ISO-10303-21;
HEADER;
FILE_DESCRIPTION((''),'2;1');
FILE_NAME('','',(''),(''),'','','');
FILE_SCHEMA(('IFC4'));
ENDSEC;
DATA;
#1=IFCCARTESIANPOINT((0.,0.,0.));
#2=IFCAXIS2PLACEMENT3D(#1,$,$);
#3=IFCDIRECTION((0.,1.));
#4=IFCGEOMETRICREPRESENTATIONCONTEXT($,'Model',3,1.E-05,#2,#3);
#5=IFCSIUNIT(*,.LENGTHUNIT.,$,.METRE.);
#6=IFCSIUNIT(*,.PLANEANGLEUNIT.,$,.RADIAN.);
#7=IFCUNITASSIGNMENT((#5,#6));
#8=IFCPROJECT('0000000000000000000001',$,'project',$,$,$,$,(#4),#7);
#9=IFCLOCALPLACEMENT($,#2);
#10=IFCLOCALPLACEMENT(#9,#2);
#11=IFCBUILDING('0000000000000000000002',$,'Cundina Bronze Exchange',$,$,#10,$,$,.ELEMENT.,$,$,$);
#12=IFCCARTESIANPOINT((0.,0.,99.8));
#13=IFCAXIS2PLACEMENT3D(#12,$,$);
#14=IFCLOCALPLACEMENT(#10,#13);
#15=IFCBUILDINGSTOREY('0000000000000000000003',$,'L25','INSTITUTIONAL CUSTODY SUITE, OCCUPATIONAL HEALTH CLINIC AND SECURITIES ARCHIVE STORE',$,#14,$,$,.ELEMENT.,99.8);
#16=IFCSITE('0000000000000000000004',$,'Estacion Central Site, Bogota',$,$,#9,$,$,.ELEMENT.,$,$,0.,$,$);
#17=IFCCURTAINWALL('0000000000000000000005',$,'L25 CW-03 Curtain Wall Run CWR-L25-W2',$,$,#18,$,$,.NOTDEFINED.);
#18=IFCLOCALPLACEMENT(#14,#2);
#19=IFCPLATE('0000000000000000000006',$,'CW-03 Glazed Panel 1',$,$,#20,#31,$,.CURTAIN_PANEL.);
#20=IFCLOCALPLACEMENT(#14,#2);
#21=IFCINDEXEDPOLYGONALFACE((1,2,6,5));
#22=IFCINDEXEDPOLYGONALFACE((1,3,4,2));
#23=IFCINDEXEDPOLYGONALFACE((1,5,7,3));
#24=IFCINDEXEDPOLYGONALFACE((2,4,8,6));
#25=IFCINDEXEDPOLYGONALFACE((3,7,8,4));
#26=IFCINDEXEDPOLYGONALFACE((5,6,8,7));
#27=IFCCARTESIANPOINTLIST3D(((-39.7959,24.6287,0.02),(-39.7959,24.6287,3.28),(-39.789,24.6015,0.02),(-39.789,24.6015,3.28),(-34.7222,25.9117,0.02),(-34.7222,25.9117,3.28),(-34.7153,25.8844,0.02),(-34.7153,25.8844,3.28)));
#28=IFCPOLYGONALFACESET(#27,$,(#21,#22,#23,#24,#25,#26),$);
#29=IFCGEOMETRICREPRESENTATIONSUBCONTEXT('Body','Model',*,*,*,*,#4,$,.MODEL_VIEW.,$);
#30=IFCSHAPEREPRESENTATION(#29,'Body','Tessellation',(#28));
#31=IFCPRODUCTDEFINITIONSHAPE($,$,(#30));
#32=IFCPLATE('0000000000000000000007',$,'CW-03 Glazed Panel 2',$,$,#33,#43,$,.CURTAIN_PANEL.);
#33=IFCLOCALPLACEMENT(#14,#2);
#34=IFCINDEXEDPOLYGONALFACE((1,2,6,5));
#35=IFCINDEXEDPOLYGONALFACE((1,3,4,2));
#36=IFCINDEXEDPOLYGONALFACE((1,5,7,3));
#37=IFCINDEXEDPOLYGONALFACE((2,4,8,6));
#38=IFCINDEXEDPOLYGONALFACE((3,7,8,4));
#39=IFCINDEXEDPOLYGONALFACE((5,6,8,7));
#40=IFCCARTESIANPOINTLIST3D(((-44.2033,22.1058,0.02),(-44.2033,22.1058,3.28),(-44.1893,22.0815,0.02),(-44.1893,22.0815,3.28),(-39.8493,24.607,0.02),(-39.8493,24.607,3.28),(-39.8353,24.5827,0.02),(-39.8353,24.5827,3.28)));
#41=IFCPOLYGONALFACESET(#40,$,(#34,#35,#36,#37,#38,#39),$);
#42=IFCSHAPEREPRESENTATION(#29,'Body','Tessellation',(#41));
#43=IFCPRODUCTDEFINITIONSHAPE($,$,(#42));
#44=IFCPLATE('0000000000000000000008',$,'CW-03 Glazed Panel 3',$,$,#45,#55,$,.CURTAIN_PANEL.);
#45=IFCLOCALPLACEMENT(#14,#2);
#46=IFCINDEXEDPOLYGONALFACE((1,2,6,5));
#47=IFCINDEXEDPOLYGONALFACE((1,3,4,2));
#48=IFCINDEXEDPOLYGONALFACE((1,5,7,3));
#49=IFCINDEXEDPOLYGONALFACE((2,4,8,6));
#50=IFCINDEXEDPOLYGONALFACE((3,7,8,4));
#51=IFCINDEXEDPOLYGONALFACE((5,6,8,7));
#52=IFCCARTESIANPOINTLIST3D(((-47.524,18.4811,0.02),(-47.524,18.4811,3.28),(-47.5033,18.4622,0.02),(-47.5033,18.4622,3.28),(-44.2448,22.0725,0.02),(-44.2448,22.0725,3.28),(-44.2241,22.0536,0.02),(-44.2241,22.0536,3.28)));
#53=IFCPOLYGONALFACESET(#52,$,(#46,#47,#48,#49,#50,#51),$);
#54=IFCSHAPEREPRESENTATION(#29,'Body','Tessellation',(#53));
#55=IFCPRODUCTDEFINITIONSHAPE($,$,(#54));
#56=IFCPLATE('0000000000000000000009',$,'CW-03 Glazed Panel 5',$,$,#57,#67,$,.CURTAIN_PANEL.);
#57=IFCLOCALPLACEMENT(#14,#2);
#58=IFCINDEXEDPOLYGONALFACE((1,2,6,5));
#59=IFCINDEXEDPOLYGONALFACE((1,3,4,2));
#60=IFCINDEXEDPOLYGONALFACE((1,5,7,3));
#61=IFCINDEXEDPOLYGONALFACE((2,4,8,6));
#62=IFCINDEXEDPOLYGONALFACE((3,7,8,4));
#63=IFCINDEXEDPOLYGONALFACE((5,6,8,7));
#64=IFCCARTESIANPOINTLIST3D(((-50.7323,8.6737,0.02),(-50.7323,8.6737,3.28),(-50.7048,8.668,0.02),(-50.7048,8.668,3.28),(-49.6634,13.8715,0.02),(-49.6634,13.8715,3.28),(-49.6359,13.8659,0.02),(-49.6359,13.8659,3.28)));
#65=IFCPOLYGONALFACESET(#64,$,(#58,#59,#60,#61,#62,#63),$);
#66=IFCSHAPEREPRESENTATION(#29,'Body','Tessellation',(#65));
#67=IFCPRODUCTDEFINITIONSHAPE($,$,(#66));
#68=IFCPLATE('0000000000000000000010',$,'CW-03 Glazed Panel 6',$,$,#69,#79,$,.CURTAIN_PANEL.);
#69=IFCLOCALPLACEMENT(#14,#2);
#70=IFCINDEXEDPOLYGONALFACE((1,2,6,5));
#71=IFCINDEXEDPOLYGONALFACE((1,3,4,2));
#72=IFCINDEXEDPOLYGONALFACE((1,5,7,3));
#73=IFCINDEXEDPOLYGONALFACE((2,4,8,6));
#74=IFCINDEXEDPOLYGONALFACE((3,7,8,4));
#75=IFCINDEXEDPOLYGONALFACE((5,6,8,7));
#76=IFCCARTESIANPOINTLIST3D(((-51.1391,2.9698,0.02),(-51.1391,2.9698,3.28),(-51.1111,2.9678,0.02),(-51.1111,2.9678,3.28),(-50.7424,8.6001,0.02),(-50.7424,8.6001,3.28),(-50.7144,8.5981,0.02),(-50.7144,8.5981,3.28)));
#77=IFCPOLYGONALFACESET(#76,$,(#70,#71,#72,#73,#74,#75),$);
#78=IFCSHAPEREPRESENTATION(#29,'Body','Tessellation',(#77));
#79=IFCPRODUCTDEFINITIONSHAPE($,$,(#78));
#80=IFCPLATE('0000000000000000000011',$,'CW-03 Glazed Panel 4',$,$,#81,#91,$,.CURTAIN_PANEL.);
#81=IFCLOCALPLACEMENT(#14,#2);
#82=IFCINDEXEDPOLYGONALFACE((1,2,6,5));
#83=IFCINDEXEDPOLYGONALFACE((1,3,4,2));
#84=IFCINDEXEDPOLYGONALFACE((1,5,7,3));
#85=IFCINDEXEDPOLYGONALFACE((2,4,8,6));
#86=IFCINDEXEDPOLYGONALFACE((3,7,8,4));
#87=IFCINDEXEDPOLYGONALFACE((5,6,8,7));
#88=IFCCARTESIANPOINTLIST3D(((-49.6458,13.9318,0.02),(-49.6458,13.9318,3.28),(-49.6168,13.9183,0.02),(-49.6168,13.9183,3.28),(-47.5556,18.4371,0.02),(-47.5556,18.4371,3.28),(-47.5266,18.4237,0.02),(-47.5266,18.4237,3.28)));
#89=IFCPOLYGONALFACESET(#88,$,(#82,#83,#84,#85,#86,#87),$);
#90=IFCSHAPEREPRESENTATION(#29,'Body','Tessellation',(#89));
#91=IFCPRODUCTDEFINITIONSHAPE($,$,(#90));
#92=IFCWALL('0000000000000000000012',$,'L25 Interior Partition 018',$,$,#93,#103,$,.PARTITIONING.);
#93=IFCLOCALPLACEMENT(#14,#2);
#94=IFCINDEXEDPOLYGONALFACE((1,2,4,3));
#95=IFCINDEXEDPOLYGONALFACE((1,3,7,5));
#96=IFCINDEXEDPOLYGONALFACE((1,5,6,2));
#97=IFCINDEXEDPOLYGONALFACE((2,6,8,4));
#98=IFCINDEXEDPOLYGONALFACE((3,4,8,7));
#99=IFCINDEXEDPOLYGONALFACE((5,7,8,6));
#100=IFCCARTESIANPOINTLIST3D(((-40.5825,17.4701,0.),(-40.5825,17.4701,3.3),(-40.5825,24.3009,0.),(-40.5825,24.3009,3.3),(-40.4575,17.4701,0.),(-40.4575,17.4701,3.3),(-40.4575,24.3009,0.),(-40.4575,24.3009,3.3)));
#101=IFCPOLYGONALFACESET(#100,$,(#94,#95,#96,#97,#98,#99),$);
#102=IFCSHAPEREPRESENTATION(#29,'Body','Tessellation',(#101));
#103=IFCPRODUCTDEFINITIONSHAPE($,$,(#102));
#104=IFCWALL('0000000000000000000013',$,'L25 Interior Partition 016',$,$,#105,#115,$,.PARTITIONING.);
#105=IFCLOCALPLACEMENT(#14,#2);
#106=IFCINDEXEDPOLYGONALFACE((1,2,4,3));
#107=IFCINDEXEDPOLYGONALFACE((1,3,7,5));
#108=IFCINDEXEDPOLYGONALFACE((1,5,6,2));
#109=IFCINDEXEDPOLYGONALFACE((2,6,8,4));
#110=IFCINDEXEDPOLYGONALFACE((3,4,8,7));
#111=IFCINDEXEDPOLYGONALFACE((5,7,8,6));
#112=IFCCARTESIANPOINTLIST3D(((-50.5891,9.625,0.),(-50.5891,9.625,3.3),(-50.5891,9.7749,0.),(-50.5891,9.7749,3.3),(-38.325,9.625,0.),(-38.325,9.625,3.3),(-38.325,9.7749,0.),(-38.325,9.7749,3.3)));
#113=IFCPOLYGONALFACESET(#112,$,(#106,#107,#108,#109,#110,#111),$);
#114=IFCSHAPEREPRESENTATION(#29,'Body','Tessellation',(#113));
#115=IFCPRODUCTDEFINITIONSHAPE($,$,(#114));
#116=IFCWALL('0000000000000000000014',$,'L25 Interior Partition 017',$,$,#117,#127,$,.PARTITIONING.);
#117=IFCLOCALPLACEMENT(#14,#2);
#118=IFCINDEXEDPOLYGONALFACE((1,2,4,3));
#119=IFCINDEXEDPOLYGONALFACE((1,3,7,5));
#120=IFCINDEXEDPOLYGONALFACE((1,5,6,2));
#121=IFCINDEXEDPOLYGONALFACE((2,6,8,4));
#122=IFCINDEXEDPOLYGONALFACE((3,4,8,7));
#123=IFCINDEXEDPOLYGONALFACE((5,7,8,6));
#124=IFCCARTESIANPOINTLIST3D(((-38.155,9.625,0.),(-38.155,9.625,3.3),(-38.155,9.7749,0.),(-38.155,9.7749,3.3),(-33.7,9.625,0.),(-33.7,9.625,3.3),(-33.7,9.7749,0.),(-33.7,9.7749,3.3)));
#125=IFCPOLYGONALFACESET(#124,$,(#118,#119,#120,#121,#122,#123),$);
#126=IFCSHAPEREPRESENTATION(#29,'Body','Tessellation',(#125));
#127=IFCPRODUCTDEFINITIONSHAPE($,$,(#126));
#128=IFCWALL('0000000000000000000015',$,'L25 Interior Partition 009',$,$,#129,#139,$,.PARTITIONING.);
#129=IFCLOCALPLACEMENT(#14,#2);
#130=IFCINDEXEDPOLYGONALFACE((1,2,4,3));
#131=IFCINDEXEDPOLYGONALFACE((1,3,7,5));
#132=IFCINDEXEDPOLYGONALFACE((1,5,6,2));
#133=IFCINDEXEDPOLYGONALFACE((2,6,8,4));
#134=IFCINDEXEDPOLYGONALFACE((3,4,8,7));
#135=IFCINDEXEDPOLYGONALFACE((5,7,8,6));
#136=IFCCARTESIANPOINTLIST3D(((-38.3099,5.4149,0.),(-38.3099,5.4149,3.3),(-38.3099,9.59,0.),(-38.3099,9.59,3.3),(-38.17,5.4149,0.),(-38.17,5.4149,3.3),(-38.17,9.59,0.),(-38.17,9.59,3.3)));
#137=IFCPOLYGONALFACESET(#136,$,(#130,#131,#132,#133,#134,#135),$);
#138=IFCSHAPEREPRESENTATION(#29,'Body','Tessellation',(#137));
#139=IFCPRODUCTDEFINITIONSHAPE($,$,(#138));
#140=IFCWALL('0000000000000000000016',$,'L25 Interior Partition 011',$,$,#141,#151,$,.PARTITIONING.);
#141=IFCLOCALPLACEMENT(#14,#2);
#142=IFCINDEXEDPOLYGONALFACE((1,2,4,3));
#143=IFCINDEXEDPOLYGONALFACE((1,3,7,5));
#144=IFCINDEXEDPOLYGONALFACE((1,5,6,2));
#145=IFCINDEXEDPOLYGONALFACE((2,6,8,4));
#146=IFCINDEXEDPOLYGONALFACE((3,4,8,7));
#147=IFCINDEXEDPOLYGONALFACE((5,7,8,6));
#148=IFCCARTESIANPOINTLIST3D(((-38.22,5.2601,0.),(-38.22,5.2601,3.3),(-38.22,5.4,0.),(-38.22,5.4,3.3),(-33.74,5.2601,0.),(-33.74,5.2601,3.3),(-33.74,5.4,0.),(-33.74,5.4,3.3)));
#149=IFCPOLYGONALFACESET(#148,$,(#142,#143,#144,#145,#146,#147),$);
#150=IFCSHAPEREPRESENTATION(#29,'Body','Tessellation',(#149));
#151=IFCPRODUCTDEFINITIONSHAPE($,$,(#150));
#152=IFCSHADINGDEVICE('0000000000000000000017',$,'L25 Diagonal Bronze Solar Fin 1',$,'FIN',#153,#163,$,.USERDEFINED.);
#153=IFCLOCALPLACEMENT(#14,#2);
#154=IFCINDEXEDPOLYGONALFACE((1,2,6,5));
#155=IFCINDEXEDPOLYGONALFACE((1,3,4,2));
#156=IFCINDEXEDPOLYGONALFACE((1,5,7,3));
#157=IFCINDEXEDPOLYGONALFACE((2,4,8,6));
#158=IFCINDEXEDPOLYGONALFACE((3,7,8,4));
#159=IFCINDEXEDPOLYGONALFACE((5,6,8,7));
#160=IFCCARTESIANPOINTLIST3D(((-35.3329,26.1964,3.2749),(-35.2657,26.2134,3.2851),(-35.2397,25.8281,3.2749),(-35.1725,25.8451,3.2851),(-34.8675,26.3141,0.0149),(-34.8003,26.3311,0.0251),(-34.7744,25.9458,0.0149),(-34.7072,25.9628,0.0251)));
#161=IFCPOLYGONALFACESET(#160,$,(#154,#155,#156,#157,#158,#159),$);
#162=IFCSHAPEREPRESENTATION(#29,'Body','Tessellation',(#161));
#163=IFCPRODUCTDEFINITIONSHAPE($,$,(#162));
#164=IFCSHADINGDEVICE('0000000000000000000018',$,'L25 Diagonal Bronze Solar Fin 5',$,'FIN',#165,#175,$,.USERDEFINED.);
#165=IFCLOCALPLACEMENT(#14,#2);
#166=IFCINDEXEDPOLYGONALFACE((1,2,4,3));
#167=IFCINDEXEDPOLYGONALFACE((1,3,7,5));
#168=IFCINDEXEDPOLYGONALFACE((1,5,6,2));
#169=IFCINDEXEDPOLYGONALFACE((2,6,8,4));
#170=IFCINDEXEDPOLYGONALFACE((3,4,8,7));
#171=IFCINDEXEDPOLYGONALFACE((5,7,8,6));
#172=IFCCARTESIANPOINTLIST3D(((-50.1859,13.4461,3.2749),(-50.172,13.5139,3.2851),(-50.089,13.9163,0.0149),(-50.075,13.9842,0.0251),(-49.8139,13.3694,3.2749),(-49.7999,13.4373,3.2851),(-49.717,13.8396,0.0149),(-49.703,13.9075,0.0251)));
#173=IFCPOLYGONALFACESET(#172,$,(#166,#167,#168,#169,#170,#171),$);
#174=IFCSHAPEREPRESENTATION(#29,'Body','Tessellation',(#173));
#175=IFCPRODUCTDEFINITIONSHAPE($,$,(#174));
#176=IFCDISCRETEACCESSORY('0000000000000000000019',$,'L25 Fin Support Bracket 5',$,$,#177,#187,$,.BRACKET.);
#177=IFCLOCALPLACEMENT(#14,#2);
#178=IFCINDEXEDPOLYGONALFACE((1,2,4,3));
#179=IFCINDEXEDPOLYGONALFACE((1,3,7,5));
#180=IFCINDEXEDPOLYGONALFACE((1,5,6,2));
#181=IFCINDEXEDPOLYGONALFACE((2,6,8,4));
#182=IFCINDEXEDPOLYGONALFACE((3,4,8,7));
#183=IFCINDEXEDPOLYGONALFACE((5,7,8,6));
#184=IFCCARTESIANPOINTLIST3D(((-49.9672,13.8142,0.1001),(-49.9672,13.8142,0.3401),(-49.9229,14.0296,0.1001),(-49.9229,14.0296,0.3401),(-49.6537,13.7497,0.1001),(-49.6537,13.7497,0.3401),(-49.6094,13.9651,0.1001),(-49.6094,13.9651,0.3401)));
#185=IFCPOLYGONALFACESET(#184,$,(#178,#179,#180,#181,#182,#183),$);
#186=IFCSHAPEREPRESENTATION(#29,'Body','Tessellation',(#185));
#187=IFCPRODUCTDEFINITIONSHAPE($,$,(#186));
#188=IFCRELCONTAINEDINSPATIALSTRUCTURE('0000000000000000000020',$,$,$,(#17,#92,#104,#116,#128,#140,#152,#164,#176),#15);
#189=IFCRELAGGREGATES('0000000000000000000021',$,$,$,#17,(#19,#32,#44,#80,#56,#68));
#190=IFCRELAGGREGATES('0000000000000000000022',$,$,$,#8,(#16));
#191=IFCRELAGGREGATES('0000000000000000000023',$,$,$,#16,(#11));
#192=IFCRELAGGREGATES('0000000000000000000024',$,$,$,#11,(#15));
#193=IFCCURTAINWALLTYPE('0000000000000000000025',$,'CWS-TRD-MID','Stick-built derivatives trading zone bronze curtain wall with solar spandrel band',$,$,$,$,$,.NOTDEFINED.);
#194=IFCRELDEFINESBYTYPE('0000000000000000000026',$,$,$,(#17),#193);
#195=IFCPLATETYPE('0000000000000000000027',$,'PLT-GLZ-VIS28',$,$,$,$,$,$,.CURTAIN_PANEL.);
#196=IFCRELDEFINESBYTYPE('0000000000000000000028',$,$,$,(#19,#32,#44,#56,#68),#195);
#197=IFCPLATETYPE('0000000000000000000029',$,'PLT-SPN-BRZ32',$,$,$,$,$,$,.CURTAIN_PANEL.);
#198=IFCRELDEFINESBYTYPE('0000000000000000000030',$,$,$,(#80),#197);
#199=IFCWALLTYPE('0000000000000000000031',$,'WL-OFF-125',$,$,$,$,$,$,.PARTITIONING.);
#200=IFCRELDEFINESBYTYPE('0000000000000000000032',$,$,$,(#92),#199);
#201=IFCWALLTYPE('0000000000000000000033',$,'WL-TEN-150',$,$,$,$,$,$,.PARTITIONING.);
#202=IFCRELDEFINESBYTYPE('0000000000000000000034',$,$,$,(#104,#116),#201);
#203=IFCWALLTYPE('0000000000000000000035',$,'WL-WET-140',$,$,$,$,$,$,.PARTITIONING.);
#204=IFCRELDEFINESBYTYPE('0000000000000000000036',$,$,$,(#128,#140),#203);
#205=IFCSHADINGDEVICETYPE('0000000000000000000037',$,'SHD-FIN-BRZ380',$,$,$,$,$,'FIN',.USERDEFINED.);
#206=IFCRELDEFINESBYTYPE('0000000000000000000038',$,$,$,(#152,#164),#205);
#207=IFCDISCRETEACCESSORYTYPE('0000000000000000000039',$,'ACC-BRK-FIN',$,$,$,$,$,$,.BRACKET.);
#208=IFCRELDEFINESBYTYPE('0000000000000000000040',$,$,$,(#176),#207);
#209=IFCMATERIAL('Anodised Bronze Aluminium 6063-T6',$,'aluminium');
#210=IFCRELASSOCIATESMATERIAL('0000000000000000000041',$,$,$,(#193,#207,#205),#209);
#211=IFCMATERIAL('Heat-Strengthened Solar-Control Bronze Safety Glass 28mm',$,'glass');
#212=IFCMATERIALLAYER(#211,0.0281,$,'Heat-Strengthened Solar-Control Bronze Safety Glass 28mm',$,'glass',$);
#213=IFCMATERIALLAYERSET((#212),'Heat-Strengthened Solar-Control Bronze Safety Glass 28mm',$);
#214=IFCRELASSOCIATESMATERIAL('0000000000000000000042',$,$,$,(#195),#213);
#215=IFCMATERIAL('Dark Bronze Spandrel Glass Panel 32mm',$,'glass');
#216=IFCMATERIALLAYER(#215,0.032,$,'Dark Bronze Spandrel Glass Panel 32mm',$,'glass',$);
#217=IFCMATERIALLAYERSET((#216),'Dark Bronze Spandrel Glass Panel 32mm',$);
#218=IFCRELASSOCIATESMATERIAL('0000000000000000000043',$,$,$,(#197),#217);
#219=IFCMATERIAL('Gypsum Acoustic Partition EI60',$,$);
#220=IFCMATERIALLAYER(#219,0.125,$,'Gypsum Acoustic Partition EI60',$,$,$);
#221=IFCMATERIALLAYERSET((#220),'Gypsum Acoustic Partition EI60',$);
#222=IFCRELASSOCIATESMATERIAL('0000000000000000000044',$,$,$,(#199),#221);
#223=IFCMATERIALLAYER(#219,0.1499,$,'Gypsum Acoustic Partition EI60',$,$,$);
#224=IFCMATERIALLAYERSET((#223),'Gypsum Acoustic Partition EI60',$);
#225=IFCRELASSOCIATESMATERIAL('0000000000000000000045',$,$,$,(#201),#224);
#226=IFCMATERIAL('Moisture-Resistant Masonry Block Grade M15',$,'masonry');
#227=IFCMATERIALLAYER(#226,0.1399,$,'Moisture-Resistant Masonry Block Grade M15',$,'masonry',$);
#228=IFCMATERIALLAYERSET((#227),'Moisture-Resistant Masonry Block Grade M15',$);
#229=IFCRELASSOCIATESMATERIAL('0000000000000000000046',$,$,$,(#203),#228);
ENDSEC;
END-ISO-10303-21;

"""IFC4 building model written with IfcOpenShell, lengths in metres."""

from ifc_helpers import new_model, si_unit, direction, frame, frame_2d, origin, origin_2d, place, context, subcontext, project, spatial, rectangle, extrude, material, layer, layer_set, material_profile, profile_set, type_object, element, aggregate, save


model = new_model("IFC4")

# Units and contexts
model_context = context("Model", 3, precision=1e-05, world=origin(), true_north=direction((0.0, 1.0)))
body_context = subcontext(model_context, "Body", "Model", "MODEL_VIEW")
ifc_project = project(units=[si_unit("LENGTHUNIT", "METRE"), si_unit("PLANEANGLEUNIT", "RADIAN")], contexts=[model_context])

# Site, building, storey
site_placement = place(None, origin())
site = spatial("IfcSite", under=ifc_project, at=site_placement, Name="Estacion Central Site, Bogota", CompositionType="ELEMENT", RefElevation=0.0)
building_placement = place(site_placement, origin())
building = spatial("IfcBuilding", under=site, at=building_placement, Name="Cundina Bronze Exchange", CompositionType="ELEMENT")
storey_placement = place(building_placement, frame((0.0, 0.0, 99.8)))
storey = spatial("IfcBuildingStorey", under=building, at=storey_placement, Name="L25", Description="INSTITUTIONAL CUSTODY SUITE, OCCUPATIONAL HEALTH CLINIC AND SECURITIES ARCHIVE STORE", CompositionType="ELEMENT", Elevation=99.8)

# Curtain wall, plates
ifc_material_1 = material(Name="Anodised Bronze Aluminium 6063-T6", Category="aluminium")
curtain_wall_type = type_object("IfcCurtainWallType", Name="CWS-TRD-MID", Description="Stick-built derivatives trading zone bronze curtain wall with solar spandrel band", PredefinedType="NOTDEFINED", material=ifc_material_1)
curtain_wall_placement = place(storey_placement, origin())
curtain_wall = element("IfcCurtainWall", 1, at=curtain_wall_placement, inside=storey, type_object=curtain_wall_type, Name="L25 CW-03 Curtain Wall Run CWR-L25-W2", PredefinedType="NOTDEFINED")
ifc_material_2 = material(Name="Heat-Strengthened Solar-Control Bronze Safety Glass 28mm", Category="glass")
ifc_layer_1 = layer(ifc_material_2, 0.0281, Name="Heat-Strengthened Solar-Control Bronze Safety Glass 28mm", Category="glass")
ifc_layer_set_1 = layer_set([ifc_layer_1], Name="Heat-Strengthened Solar-Control Bronze Safety Glass 28mm")
plate_type_1 = type_object("IfcPlateType", Name="PLT-GLZ-VIS28", PredefinedType="CURTAIN_PANEL", material=ifc_layer_set_1)
plate_1_placement = place(storey_placement, frame((-37.2556, 25.2566, 0.02), z_axis=(0.0, 0.0, 1.0), x_axis=(-0.969488, -0.245138, 0.0)))
plate_1 = element("IfcPlate", 2, at=plate_1_placement, type_object=plate_type_1, Name="CW-03 Glazed Panel 1", PredefinedType="CURTAIN_PANEL", context=body_context, shape_type="SweptSolid", body=[
    extrude(rectangle(XDim=5.2334, YDim=0.0281, at=origin_2d()), origin(), (0.0, 0.0, 1.0), 3.26),
])
plate_2_placement = place(storey_placement, frame((-42.0193, 23.3442, 0.02), z_axis=(0.0, 0.0, 1.0), x_axis=(-0.867105, -0.498125, 0.0)))
plate_2 = element("IfcPlate", 3, at=plate_2_placement, type_object=plate_type_1, Name="CW-03 Glazed Panel 2", PredefinedType="CURTAIN_PANEL", context=body_context, shape_type="SweptSolid", body=[
    extrude(rectangle(XDim=5.0212, YDim=0.0281, at=origin_2d()), origin(), (0.0, 0.0, 1.0), 3.26),
])
plate_3_placement = place(storey_placement, frame((-45.874, 20.2673, 0.02), z_axis=(0.0, 0.0, 1.0), x_axis=(-0.674277, -0.738479, 0.0)))
plate_3 = element("IfcPlate", 4, at=plate_3_placement, type_object=plate_type_1, Name="CW-03 Glazed Panel 3", PredefinedType="CURTAIN_PANEL", context=body_context, shape_type="SweptSolid", body=[
    extrude(rectangle(XDim=4.8633, YDim=0.0281, at=origin_2d()), origin(), (0.0, 0.0, 1.0), 3.26),
])
plate_4_placement = place(storey_placement, frame((-50.1841, 11.2698, 0.02), z_axis=(0.0, 0.0, 1.0), x_axis=(-0.20142, -0.979505, 0.0)))
plate_4 = element("IfcPlate", 5, at=plate_4_placement, type_object=plate_type_1, Name="CW-03 Glazed Panel 5", PredefinedType="CURTAIN_PANEL", context=body_context, shape_type="SweptSolid", body=[
    extrude(rectangle(XDim=5.3066, YDim=0.0281, at=origin_2d()), origin(), (0.0, 0.0, 1.0), 3.26),
])
plate_5_placement = place(storey_placement, frame((-50.9268, 5.7839, 0.02), z_axis=(0.0, 0.0, 1.0), x_axis=(-0.070279, -0.997527, 0.0)))
plate_5 = element("IfcPlate", 6, at=plate_5_placement, type_object=plate_type_1, Name="CW-03 Glazed Panel 6", PredefinedType="CURTAIN_PANEL", context=body_context, shape_type="SweptSolid", body=[
    extrude(rectangle(XDim=5.6443, YDim=0.0281, at=origin_2d()), origin(), (0.0, 0.0, 1.0), 3.26),
])
ifc_material_3 = material(Name="Dark Bronze Spandrel Glass Panel 32mm", Category="glass")
ifc_layer_2 = layer(ifc_material_3, 0.032, Name="Dark Bronze Spandrel Glass Panel 32mm", Category="glass")
ifc_layer_set_2 = layer_set([ifc_layer_2], Name="Dark Bronze Spandrel Glass Panel 32mm")
plate_type_2 = type_object("IfcPlateType", Name="PLT-SPN-BRZ32", PredefinedType="CURTAIN_PANEL", material=ifc_layer_set_2)
plate_6_placement = place(storey_placement, frame((-48.5862, 16.1777, 0.02), z_axis=(0.0, 0.0, 1.0), x_axis=(-0.420846, -0.907132, 0.0)))
plate_6 = element("IfcPlate", 7, at=plate_6_placement, type_object=plate_type_2, Name="CW-03 Glazed Panel 4", PredefinedType="CURTAIN_PANEL", context=body_context, shape_type="SweptSolid", body=[
    extrude(rectangle(XDim=4.9666, YDim=0.032, at=origin_2d()), origin(), (0.0, 0.0, 1.0), 3.26),
])
aggregate(curtain_wall, [plate_1, plate_2, plate_3, plate_6, plate_4, plate_5])

# Walls
ifc_material_4 = material(Name="Gypsum Acoustic Partition EI60")
ifc_layer_3 = layer(ifc_material_4, 0.125, Name="Gypsum Acoustic Partition EI60")
ifc_layer_set_3 = layer_set([ifc_layer_3], Name="Gypsum Acoustic Partition EI60")
wall_type_1 = type_object("IfcWallType", Name="WL-OFF-125", PredefinedType="PARTITIONING", material=ifc_layer_set_3)
wall_1_placement = place(storey_placement, frame((-40.52, 17.47, 0.0), z_axis=(0.0, 0.0, 1.0), x_axis=(0.0, 1.0, 0.0)))
element("IfcWall", 8, at=wall_1_placement, inside=storey, type_object=wall_type_1, Name="L25 Interior Partition 018", PredefinedType="PARTITIONING", context=body_context, shape_type="SweptSolid", body=[
    extrude(rectangle(XDim=6.8308, YDim=0.125, at=frame_2d((3.4155, 0.0))), origin(), (0.0, 0.0, 1.0), 3.3),
])
ifc_layer_4 = layer(ifc_material_4, 0.1499, Name="Gypsum Acoustic Partition EI60")
ifc_layer_set_4 = layer_set([ifc_layer_4], Name="Gypsum Acoustic Partition EI60")
wall_type_2 = type_object("IfcWallType", Name="WL-TEN-150", PredefinedType="PARTITIONING", material=ifc_layer_set_4)
wall_2_placement = place(storey_placement, frame((-50.5891, 9.7, 0.0), z_axis=(0.0, 0.0, 1.0), x_axis=(1.0, 0.0, 0.0)))
element("IfcWall", 9, at=wall_2_placement, inside=storey, type_object=wall_type_2, Name="L25 Interior Partition 016", PredefinedType="PARTITIONING", context=body_context, shape_type="SweptSolid", body=[
    extrude(rectangle(XDim=12.2642, YDim=0.1499, at=frame_2d((6.1321, 0.0))), origin(), (0.0, 0.0, 1.0), 3.3),
])
wall_3_placement = place(storey_placement, frame((-38.155, 9.7, 0.0), z_axis=(0.0, 0.0, 1.0), x_axis=(1.0, 0.0, 0.0)))
element("IfcWall", 10, at=wall_3_placement, inside=storey, type_object=wall_type_2, Name="L25 Interior Partition 017", PredefinedType="PARTITIONING", context=body_context, shape_type="SweptSolid", body=[
    extrude(rectangle(XDim=4.4551, YDim=0.1499, at=frame_2d((2.2275, 0.0))), origin(), (0.0, 0.0, 1.0), 3.3),
])
ifc_material_5 = material(Name="Moisture-Resistant Masonry Block Grade M15", Category="masonry")
ifc_layer_5 = layer(ifc_material_5, 0.1399, Name="Moisture-Resistant Masonry Block Grade M15", Category="masonry")
ifc_layer_set_5 = layer_set([ifc_layer_5], Name="Moisture-Resistant Masonry Block Grade M15")
wall_type_3 = type_object("IfcWallType", Name="WL-WET-140", PredefinedType="PARTITIONING", material=ifc_layer_set_5)
wall_4_placement = place(storey_placement, frame((-38.24, 5.415, 0.0), z_axis=(0.0, 0.0, 1.0), x_axis=(0.0, 1.0, 0.0)))
element("IfcWall", 11, at=wall_4_placement, inside=storey, type_object=wall_type_3, Name="L25 Interior Partition 009", PredefinedType="PARTITIONING", context=body_context, shape_type="SweptSolid", body=[
    extrude(rectangle(XDim=4.175, YDim=0.1399, at=frame_2d((2.0874, 0.0))), origin(), (0.0, 0.0, 1.0), 3.3),
])
wall_5_placement = place(storey_placement, frame((-38.22, 5.3301, 0.0), z_axis=(0.0, 0.0, 1.0), x_axis=(1.0, 0.0, 0.0)))
element("IfcWall", 12, at=wall_5_placement, inside=storey, type_object=wall_type_3, Name="L25 Interior Partition 011", PredefinedType="PARTITIONING", context=body_context, shape_type="SweptSolid", body=[
    extrude(rectangle(XDim=4.48, YDim=0.1399, at=frame_2d((2.24, 0.0))), origin(), (0.0, 0.0, 1.0), 3.3),
])

# Shading devices
ifc_material_profile_1 = material_profile(ifc_material_1, rectangle(XDim=0.0701, YDim=0.3799, at=origin_2d()), Name="FIN70X380", Category="aluminium")
ifc_profile_set_1 = profile_set([ifc_material_profile_1], Name="Anodised Bronze Aluminium 6063-T6")
shading_device_type = type_object("IfcShadingDeviceType", Name="SHD-FIN-BRZ380", ElementType="FIN", PredefinedType="USERDEFINED", material=ifc_profile_set_1)
for number, where, z_axis, x_axis, name in (
    (13, (-34.7874, 26.1384, 0.02), (-0.141217, -0.035712, 0.989334), (0.959141, 0.242553, 0.145663), "L25 Diagonal Bronze Solar Fin 1"),
    (14, (-49.896, 13.9119, 0.02), (-0.029414, -0.142698, 0.989329), (0.199728, 0.968959, 0.145698), "L25 Diagonal Bronze Solar Fin 5"),
):
    element("IfcShadingDevice", number, at=place(storey_placement, frame(where, z_axis=z_axis, x_axis=x_axis)), inside=storey, type_object=shading_device_type, Name=name, ObjectType="FIN", PredefinedType="USERDEFINED", context=body_context, shape_type="SweptSolid", body=[
        extrude(rectangle(XDim=0.0701, YDim=0.3799, at=origin_2d()), origin(), (0.0, 0.0, 1.0), 3.2952),
    ])

# Discrete accessory
discrete_accessory_type = type_object("IfcDiscreteAccessoryType", Name="ACC-BRK-FIN", PredefinedType="BRACKET", material=ifc_material_1)
discrete_accessory_placement = place(storey_placement, frame((-49.7883, 13.8896, 0.1001), z_axis=(0.0, 0.0, 1.0), x_axis=(-0.20142, -0.979505, 0.0)))
element("IfcDiscreteAccessory", 15, at=discrete_accessory_placement, inside=storey, type_object=discrete_accessory_type, Name="L25 Fin Support Bracket 5", PredefinedType="BRACKET", context=body_context, shape_type="SweptSolid", body=[
    extrude(rectangle(XDim=0.22, YDim=0.3201, at=origin_2d()), origin(), (0.0, 0.0, 1.0), 0.24),
])

save(model, "model.ifc")
